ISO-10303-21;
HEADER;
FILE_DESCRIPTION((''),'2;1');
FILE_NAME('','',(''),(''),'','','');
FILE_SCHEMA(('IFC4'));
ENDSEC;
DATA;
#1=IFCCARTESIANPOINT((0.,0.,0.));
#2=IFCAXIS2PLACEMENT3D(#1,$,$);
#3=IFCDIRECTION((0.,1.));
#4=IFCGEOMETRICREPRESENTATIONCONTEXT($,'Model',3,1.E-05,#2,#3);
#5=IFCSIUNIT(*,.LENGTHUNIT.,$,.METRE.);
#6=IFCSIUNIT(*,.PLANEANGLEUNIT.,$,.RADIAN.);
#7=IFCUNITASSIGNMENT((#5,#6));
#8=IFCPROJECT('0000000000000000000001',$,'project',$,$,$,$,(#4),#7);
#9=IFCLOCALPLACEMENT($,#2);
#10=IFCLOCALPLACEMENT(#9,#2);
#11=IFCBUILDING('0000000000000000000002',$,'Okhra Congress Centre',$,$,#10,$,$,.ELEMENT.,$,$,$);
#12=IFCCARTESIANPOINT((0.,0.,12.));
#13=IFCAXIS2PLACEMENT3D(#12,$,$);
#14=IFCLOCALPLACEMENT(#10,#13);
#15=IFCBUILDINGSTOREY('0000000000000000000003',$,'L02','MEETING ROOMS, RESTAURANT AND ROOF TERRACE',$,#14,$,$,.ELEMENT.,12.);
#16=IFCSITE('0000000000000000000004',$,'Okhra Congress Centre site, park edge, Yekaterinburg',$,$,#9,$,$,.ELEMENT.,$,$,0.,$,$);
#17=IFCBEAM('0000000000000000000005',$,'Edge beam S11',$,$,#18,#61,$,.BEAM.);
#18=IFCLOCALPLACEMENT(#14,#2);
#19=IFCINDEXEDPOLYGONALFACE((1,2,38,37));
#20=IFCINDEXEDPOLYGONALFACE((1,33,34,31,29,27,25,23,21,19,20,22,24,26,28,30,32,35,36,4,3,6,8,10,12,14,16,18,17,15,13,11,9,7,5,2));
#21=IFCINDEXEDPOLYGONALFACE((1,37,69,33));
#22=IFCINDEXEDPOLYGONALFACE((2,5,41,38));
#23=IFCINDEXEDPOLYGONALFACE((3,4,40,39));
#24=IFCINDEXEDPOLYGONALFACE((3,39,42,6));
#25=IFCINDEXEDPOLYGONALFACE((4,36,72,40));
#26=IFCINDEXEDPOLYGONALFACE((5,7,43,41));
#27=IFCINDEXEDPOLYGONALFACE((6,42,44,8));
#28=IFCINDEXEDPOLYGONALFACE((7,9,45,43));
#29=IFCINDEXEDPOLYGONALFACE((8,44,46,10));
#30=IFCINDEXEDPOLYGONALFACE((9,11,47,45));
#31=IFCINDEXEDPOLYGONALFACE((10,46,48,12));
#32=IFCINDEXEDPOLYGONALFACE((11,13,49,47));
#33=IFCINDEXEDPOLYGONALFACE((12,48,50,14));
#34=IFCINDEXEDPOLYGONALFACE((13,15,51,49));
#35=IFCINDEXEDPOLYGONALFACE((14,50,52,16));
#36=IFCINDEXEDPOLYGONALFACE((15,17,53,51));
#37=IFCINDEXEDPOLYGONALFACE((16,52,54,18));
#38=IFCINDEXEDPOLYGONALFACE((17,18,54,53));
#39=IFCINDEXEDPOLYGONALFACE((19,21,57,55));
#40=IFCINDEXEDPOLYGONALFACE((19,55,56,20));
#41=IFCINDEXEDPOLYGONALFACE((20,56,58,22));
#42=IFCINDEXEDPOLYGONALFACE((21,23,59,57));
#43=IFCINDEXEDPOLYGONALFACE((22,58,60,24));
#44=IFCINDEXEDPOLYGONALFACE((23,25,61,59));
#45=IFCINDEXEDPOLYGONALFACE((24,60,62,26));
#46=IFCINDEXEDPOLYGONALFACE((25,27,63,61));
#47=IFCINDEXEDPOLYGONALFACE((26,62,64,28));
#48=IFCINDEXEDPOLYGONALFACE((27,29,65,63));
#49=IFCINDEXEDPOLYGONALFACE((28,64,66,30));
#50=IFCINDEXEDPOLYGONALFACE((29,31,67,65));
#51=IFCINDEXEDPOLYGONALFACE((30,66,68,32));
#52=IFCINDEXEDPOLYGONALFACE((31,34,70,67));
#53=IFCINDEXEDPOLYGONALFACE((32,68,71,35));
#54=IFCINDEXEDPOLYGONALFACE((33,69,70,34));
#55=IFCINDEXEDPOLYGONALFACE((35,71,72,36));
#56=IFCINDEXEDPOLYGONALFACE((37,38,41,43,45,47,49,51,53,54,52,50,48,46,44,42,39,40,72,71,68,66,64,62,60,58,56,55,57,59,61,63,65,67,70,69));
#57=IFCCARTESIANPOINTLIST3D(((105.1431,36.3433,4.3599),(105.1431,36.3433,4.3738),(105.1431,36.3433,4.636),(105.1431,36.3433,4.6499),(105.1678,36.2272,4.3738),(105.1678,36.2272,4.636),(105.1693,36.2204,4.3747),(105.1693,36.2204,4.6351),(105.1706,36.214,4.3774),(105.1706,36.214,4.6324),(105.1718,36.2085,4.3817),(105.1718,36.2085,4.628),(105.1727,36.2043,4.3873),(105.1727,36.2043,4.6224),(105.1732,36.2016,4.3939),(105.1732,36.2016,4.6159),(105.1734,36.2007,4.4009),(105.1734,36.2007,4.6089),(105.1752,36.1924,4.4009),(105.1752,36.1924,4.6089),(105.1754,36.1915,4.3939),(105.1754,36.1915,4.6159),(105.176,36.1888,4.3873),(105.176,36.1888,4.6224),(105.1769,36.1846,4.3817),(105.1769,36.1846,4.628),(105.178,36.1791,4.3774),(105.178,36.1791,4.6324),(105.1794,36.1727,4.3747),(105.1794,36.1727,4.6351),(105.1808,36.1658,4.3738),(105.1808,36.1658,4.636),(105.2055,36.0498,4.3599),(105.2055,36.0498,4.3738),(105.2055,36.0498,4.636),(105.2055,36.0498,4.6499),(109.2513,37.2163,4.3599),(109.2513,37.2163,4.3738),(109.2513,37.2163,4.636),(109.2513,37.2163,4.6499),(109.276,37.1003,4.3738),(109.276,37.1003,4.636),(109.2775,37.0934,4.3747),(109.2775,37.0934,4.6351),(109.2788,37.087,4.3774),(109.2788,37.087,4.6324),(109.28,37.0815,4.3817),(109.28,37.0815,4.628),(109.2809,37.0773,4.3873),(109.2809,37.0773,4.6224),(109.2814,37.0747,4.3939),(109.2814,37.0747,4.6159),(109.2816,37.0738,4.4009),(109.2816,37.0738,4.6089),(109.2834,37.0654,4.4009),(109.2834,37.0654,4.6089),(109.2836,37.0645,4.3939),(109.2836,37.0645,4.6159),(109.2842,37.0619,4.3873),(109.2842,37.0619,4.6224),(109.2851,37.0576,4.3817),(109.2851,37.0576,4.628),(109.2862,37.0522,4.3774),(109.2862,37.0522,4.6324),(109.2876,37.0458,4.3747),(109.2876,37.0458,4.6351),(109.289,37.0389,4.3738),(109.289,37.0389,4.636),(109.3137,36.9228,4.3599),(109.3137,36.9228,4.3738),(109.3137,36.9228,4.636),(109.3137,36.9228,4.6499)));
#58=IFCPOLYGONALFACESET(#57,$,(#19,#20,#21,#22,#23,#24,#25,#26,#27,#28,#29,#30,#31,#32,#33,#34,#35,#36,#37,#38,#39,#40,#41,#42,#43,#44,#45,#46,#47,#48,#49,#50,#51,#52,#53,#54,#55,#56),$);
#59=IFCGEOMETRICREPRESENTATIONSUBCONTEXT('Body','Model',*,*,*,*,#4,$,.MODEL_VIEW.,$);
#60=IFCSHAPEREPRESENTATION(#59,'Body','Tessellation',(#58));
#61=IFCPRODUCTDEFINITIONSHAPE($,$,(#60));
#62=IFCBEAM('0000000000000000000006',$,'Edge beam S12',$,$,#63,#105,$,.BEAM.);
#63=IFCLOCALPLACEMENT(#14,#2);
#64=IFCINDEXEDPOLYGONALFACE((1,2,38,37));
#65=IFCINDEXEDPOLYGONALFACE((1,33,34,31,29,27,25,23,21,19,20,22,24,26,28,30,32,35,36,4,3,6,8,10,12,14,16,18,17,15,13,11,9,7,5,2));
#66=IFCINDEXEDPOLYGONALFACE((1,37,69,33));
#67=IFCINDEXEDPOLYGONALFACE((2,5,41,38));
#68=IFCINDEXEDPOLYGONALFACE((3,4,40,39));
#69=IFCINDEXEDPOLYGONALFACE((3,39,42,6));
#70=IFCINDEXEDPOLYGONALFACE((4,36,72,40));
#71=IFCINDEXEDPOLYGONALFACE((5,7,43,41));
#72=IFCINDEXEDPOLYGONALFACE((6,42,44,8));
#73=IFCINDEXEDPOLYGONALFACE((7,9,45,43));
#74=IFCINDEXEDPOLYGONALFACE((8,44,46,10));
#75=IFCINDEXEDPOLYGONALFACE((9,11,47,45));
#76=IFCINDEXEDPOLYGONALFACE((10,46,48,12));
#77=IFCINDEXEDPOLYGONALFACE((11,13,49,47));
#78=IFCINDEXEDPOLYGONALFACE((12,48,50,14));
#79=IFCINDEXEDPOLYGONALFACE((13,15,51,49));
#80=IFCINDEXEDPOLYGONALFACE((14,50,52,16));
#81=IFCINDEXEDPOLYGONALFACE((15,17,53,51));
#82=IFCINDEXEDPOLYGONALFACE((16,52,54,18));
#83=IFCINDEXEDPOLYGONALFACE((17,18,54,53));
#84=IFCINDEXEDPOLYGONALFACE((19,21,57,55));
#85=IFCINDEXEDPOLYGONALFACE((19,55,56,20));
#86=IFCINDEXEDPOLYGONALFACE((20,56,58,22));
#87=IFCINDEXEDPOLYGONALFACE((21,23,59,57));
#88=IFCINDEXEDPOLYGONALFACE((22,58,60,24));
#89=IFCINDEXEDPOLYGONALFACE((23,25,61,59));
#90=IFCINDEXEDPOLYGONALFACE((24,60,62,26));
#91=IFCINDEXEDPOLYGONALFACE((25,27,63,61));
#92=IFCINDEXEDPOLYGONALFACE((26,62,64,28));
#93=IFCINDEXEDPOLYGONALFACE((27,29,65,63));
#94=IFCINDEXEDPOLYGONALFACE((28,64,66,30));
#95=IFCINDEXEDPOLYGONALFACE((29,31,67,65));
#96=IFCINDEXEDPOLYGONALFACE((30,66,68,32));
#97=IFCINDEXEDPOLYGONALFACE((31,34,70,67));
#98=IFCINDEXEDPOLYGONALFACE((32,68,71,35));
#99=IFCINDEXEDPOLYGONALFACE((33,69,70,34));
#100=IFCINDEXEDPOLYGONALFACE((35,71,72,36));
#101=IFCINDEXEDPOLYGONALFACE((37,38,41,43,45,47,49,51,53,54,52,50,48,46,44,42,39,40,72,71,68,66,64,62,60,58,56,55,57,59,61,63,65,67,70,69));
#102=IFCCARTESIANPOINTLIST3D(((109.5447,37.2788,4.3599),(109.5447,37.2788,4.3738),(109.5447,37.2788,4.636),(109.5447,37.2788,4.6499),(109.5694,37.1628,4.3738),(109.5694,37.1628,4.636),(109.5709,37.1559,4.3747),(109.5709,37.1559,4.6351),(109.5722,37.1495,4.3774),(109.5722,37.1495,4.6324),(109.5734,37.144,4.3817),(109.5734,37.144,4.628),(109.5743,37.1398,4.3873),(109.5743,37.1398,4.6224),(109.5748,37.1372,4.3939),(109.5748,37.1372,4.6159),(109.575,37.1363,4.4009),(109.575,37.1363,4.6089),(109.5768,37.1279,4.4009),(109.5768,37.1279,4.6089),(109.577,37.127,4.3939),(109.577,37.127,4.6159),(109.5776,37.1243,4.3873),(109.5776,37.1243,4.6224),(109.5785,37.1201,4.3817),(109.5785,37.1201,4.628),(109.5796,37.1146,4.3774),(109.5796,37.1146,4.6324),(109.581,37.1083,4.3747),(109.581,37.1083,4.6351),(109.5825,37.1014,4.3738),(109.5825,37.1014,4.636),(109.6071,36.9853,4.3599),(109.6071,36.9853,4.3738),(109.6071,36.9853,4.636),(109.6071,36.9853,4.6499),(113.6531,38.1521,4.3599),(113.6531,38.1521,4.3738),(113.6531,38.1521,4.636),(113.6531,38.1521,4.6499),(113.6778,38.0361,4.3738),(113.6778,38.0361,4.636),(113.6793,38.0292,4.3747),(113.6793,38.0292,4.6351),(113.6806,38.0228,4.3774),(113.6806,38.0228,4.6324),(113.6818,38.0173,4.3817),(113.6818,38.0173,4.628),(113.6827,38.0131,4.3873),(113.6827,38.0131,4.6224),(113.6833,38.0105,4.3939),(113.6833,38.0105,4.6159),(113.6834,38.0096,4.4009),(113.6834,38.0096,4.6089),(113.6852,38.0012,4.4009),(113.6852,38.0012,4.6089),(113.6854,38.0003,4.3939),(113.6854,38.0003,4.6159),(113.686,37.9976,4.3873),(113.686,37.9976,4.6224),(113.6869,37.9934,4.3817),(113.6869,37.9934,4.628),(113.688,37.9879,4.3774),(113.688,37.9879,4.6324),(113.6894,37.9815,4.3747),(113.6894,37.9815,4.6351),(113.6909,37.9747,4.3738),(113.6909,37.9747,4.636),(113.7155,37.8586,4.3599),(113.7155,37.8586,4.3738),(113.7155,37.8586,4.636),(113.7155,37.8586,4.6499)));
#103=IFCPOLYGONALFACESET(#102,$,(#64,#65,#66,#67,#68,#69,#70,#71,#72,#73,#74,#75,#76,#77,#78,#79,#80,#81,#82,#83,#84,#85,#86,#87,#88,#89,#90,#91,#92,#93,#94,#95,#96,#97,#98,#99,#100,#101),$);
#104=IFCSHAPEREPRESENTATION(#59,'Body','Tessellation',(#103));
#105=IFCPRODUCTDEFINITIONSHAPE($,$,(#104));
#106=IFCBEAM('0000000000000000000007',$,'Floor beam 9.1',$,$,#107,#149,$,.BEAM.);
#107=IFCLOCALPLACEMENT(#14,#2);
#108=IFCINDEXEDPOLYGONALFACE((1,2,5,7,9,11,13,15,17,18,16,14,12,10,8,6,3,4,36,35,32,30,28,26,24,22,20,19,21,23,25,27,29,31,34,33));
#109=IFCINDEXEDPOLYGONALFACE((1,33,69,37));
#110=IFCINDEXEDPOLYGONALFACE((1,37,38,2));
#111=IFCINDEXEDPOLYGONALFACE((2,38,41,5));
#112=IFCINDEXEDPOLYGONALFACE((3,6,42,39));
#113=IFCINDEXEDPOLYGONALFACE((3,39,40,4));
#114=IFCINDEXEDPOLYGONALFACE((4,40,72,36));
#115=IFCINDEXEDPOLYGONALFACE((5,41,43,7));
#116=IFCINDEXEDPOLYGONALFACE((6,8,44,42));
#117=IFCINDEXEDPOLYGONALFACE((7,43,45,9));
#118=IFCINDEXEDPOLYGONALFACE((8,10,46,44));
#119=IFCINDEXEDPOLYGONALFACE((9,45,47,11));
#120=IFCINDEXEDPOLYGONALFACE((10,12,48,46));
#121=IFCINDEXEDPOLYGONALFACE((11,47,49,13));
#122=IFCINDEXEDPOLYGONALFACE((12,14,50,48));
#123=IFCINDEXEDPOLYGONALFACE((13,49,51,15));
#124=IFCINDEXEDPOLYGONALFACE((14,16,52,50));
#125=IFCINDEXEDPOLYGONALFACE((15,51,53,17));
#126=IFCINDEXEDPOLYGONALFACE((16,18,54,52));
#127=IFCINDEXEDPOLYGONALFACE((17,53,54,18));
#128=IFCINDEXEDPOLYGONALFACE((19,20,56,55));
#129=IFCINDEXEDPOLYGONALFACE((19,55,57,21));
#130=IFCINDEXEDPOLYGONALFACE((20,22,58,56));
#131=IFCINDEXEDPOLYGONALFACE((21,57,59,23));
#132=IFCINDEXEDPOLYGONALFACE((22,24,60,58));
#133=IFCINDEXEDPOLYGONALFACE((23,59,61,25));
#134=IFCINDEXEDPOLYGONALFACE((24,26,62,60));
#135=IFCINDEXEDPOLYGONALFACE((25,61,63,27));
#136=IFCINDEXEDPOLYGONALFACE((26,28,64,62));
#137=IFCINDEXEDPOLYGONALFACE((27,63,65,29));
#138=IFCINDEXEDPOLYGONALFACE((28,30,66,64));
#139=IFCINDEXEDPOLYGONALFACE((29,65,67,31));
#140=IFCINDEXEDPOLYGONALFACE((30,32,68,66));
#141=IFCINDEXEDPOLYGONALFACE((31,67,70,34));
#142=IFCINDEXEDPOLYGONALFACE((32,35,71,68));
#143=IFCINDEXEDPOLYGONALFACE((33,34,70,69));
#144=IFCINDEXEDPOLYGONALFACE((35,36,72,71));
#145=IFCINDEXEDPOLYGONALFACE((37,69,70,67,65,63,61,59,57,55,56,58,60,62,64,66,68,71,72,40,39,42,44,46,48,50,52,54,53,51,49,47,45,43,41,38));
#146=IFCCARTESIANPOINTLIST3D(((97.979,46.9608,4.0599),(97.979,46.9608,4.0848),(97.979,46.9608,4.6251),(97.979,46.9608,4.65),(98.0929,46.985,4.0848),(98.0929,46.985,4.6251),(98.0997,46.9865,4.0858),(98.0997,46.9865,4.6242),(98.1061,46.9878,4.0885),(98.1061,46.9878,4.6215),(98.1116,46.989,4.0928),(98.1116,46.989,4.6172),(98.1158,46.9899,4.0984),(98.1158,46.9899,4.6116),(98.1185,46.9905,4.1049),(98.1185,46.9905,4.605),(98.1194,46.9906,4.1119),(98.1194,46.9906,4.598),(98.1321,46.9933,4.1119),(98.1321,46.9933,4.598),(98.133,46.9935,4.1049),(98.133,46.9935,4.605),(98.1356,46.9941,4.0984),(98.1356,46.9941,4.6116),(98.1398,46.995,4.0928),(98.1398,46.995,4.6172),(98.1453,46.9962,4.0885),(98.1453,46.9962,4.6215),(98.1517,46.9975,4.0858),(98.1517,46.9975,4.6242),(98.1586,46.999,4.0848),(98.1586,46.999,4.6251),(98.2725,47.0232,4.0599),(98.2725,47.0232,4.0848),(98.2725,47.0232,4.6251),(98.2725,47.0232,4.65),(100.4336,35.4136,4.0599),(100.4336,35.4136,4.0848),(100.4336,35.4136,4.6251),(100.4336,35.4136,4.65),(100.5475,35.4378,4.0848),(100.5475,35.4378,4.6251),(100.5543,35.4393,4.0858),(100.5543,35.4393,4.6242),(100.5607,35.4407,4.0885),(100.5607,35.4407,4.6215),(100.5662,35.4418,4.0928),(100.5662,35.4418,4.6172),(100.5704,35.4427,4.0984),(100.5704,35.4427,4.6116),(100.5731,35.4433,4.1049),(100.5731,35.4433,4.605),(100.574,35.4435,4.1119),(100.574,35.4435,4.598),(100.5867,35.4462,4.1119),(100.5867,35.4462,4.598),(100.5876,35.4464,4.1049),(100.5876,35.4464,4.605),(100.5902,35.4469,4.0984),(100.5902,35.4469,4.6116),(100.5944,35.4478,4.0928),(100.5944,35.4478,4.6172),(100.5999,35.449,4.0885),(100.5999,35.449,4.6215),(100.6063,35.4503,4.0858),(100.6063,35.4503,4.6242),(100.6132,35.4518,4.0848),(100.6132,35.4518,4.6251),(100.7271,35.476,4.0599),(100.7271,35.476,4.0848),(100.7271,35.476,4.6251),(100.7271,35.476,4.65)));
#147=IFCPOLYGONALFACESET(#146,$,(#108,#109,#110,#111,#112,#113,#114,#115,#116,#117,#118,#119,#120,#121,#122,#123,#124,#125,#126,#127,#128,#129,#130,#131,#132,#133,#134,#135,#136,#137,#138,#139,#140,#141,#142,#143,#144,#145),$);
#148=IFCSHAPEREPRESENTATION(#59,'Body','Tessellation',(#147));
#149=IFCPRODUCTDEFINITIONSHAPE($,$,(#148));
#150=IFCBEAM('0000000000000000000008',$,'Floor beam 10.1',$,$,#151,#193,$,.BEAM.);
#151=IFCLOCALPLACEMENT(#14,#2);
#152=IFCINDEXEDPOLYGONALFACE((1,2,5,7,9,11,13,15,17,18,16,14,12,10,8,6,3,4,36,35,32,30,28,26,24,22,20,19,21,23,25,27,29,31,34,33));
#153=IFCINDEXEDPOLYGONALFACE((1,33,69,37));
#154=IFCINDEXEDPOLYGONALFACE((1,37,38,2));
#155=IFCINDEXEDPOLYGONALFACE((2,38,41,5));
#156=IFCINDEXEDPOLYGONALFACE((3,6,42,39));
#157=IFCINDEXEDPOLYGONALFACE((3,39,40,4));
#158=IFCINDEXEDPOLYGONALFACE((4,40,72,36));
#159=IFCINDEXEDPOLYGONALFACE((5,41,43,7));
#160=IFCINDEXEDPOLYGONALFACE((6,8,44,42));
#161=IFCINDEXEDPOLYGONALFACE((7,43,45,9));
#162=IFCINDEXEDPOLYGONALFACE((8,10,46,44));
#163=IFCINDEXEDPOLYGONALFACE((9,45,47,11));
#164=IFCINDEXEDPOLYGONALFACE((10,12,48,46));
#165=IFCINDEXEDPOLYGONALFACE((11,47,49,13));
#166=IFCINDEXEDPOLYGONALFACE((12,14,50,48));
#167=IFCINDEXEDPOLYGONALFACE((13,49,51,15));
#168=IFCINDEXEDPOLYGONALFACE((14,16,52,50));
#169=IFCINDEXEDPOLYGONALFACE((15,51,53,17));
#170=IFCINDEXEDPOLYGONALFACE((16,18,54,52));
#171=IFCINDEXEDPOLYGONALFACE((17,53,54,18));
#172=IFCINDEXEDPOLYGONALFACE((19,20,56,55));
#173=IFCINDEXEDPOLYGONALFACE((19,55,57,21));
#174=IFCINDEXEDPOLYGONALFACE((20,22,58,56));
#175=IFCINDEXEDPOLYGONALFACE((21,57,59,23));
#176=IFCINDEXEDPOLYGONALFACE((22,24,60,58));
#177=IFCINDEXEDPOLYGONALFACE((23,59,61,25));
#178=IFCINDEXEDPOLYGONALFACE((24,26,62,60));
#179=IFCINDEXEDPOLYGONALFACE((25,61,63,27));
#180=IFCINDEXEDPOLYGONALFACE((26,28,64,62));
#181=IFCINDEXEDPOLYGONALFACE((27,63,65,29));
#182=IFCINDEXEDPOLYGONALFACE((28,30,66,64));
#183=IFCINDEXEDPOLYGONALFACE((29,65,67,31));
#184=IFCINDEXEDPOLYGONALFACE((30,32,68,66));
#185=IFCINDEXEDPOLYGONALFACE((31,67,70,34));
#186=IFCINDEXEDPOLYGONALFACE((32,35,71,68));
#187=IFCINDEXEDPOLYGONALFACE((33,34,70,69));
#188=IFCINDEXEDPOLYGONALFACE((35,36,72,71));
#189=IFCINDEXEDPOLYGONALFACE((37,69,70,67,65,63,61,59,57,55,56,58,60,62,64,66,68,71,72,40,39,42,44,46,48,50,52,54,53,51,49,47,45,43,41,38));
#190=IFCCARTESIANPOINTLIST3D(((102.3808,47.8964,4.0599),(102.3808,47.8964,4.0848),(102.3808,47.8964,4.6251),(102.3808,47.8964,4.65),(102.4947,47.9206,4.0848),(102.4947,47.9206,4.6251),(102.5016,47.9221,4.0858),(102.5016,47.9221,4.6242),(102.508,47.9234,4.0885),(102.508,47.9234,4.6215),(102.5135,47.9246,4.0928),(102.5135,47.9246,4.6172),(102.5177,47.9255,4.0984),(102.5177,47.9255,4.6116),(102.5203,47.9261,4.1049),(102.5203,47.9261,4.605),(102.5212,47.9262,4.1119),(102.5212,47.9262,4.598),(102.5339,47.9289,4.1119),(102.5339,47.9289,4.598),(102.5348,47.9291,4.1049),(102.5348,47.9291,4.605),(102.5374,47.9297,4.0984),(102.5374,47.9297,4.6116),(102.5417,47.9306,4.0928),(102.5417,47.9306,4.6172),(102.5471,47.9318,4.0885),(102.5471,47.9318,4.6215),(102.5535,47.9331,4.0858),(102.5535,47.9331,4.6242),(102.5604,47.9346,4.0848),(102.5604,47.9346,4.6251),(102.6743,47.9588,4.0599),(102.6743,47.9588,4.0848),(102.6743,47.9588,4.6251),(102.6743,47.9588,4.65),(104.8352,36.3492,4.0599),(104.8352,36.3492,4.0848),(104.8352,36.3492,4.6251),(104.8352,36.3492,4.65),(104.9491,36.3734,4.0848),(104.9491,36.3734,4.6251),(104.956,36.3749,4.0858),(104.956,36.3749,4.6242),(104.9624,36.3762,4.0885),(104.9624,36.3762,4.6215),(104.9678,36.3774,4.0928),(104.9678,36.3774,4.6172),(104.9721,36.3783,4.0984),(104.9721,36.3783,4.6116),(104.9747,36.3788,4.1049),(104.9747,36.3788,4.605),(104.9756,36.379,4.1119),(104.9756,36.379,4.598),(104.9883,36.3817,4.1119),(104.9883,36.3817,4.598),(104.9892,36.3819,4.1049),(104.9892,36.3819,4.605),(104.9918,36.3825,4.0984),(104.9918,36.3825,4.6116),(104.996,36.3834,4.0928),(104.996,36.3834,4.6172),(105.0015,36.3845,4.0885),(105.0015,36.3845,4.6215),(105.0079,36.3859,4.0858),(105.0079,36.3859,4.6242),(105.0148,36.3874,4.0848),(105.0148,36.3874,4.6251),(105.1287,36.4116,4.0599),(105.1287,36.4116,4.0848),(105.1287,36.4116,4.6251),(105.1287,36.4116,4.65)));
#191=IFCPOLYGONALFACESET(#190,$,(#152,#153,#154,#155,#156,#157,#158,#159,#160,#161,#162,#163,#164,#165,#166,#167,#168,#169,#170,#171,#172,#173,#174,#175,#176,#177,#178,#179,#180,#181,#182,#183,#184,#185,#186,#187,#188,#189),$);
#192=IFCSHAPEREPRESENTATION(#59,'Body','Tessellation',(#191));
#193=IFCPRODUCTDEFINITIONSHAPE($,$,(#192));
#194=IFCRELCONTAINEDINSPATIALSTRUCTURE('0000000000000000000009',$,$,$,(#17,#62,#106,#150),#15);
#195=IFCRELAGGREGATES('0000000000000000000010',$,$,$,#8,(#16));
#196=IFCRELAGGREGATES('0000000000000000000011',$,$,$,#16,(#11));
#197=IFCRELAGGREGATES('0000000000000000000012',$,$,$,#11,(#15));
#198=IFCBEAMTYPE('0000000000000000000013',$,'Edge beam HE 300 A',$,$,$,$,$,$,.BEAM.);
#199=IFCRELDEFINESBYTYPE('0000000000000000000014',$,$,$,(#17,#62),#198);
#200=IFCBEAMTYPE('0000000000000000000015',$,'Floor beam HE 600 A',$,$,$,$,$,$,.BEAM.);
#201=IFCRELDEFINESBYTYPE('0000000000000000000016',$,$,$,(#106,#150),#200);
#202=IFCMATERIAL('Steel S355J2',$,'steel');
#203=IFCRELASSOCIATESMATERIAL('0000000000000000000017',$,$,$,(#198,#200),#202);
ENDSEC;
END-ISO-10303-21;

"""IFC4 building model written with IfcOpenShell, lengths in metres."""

from ifc_helpers import new_model, si_unit, direction, frame, origin, origin_2d, place, context, subcontext, project, spatial, i_section, extrude, material, material_profile, profile_set, type_object, element, save


model = new_model("IFC4")

# Units and contexts
model_context = context("Model", 3, precision=1e-05, world=origin(), true_north=direction((0.0, 1.0)))
body_context = subcontext(model_context, "Body", "Model", "MODEL_VIEW")
ifc_project = project(units=[si_unit("LENGTHUNIT", "METRE"), si_unit("PLANEANGLEUNIT", "RADIAN")], contexts=[model_context])

# Site, building, storey
site_placement = place(None, origin())
site = spatial("IfcSite", under=ifc_project, at=site_placement, Name="Okhra Congress Centre site, park edge, Yekaterinburg", CompositionType="ELEMENT", RefElevation=0.0)
building_placement = place(site_placement, origin())
building = spatial("IfcBuilding", under=site, at=building_placement, Name="Okhra Congress Centre", CompositionType="ELEMENT")
storey_placement = place(building_placement, frame((0.0, 0.0, 12.0)))
storey = spatial("IfcBuildingStorey", under=building, at=storey_placement, Name="L02", Description="MEETING ROOMS, RESTAURANT AND ROOF TERRACE", CompositionType="ELEMENT", Elevation=12.0)

# Shared definitions
ifc_material_1 = material(Name="Steel S355J2", Category="steel")

# Beams
ifc_material_profile_1 = material_profile(ifc_material_1, i_section(OverallWidth=0.3, OverallDepth=0.29, WebThickness=0.0085, FlangeThickness=0.0139, FilletRadius=0.0271, at=origin_2d()), Name="HE 300 A")
ifc_profile_set_1 = profile_set([ifc_material_profile_1], Name="Steel S355J2")
beam_type_1 = type_object("IfcBeamType", Name="Edge beam HE 300 A", PredefinedType="BEAM", material=ifc_profile_set_1)
for number, where, z_axis, x_axis, name in (
    (1, (105.1743, 36.1965, 4.5049), (0.978156, 0.207873, 0.0), (-0.207873, 0.978156, 0.0), "Edge beam S11"),
):
    element("IfcBeam", number, at=place(storey_placement, frame(where, z_axis=z_axis, x_axis=x_axis)), inside=storey, type_object=beam_type_1, Name=name, PredefinedType="BEAM", context=body_context, shape_type="SweptSolid", body=[
        extrude(i_section(OverallWidth=0.3, OverallDepth=0.29, WebThickness=0.0085, FlangeThickness=0.0139, FilletRadius=0.0271, at=origin_2d()), origin(), (0.0, 0.0, 1.0), 4.2),
    ])
beam_1_placement = place(storey_placement, frame((109.5759, 37.1321, 4.5049), z_axis=(0.978146, 0.207917, 0.0), x_axis=(-0.207917, 0.978146, 0.0)))
element("IfcBeam", 2, at=beam_1_placement, inside=storey, type_object=beam_type_1, Name="Edge beam S12", PredefinedType="BEAM", context=body_context, shape_type="SweptSolid", body=[
    extrude(i_section(OverallWidth=0.3, OverallDepth=0.29, WebThickness=0.0085, FlangeThickness=0.0139, FilletRadius=0.0271, at=origin_2d()), origin(), (0.0, 0.0, 1.0), 4.2002),
])
ifc_material_profile_2 = material_profile(ifc_material_1, i_section(OverallWidth=0.3, OverallDepth=0.5901, WebThickness=0.0129, FlangeThickness=0.0249, FilletRadius=0.0271, at=origin_2d()), Name="HE 600 A")
ifc_profile_set_2 = profile_set([ifc_material_profile_2], Name="Steel S355J2")
beam_type_2 = type_object("IfcBeamType", Name="Floor beam HE 600 A", PredefinedType="BEAM", material=ifc_profile_set_2)
for number, where, z_axis, x_axis, name in (
    (3, (100.5803, 35.4448, 4.355), (-0.207926, 0.978145, 0.0), (-0.978145, -0.207926, 0.0), "Floor beam 9.1"),
    (4, (104.9819, 36.3804, 4.355), (-0.207906, 0.978149, 0.0), (-0.978149, -0.207906, 0.0), "Floor beam 10.1"),
):
    element("IfcBeam", number, at=place(storey_placement, frame(where, z_axis=z_axis, x_axis=x_axis)), inside=storey, type_object=beam_type_2, Name=name, PredefinedType="BEAM", context=body_context, shape_type="SweptSolid", body=[
        extrude(i_section(OverallWidth=0.3, OverallDepth=0.5901, WebThickness=0.0129, FlangeThickness=0.0249, FilletRadius=0.0271, at=origin_2d()), origin(), (0.0, 0.0, 1.0), 11.8052),
    ])

save(model, "model.ifc")
